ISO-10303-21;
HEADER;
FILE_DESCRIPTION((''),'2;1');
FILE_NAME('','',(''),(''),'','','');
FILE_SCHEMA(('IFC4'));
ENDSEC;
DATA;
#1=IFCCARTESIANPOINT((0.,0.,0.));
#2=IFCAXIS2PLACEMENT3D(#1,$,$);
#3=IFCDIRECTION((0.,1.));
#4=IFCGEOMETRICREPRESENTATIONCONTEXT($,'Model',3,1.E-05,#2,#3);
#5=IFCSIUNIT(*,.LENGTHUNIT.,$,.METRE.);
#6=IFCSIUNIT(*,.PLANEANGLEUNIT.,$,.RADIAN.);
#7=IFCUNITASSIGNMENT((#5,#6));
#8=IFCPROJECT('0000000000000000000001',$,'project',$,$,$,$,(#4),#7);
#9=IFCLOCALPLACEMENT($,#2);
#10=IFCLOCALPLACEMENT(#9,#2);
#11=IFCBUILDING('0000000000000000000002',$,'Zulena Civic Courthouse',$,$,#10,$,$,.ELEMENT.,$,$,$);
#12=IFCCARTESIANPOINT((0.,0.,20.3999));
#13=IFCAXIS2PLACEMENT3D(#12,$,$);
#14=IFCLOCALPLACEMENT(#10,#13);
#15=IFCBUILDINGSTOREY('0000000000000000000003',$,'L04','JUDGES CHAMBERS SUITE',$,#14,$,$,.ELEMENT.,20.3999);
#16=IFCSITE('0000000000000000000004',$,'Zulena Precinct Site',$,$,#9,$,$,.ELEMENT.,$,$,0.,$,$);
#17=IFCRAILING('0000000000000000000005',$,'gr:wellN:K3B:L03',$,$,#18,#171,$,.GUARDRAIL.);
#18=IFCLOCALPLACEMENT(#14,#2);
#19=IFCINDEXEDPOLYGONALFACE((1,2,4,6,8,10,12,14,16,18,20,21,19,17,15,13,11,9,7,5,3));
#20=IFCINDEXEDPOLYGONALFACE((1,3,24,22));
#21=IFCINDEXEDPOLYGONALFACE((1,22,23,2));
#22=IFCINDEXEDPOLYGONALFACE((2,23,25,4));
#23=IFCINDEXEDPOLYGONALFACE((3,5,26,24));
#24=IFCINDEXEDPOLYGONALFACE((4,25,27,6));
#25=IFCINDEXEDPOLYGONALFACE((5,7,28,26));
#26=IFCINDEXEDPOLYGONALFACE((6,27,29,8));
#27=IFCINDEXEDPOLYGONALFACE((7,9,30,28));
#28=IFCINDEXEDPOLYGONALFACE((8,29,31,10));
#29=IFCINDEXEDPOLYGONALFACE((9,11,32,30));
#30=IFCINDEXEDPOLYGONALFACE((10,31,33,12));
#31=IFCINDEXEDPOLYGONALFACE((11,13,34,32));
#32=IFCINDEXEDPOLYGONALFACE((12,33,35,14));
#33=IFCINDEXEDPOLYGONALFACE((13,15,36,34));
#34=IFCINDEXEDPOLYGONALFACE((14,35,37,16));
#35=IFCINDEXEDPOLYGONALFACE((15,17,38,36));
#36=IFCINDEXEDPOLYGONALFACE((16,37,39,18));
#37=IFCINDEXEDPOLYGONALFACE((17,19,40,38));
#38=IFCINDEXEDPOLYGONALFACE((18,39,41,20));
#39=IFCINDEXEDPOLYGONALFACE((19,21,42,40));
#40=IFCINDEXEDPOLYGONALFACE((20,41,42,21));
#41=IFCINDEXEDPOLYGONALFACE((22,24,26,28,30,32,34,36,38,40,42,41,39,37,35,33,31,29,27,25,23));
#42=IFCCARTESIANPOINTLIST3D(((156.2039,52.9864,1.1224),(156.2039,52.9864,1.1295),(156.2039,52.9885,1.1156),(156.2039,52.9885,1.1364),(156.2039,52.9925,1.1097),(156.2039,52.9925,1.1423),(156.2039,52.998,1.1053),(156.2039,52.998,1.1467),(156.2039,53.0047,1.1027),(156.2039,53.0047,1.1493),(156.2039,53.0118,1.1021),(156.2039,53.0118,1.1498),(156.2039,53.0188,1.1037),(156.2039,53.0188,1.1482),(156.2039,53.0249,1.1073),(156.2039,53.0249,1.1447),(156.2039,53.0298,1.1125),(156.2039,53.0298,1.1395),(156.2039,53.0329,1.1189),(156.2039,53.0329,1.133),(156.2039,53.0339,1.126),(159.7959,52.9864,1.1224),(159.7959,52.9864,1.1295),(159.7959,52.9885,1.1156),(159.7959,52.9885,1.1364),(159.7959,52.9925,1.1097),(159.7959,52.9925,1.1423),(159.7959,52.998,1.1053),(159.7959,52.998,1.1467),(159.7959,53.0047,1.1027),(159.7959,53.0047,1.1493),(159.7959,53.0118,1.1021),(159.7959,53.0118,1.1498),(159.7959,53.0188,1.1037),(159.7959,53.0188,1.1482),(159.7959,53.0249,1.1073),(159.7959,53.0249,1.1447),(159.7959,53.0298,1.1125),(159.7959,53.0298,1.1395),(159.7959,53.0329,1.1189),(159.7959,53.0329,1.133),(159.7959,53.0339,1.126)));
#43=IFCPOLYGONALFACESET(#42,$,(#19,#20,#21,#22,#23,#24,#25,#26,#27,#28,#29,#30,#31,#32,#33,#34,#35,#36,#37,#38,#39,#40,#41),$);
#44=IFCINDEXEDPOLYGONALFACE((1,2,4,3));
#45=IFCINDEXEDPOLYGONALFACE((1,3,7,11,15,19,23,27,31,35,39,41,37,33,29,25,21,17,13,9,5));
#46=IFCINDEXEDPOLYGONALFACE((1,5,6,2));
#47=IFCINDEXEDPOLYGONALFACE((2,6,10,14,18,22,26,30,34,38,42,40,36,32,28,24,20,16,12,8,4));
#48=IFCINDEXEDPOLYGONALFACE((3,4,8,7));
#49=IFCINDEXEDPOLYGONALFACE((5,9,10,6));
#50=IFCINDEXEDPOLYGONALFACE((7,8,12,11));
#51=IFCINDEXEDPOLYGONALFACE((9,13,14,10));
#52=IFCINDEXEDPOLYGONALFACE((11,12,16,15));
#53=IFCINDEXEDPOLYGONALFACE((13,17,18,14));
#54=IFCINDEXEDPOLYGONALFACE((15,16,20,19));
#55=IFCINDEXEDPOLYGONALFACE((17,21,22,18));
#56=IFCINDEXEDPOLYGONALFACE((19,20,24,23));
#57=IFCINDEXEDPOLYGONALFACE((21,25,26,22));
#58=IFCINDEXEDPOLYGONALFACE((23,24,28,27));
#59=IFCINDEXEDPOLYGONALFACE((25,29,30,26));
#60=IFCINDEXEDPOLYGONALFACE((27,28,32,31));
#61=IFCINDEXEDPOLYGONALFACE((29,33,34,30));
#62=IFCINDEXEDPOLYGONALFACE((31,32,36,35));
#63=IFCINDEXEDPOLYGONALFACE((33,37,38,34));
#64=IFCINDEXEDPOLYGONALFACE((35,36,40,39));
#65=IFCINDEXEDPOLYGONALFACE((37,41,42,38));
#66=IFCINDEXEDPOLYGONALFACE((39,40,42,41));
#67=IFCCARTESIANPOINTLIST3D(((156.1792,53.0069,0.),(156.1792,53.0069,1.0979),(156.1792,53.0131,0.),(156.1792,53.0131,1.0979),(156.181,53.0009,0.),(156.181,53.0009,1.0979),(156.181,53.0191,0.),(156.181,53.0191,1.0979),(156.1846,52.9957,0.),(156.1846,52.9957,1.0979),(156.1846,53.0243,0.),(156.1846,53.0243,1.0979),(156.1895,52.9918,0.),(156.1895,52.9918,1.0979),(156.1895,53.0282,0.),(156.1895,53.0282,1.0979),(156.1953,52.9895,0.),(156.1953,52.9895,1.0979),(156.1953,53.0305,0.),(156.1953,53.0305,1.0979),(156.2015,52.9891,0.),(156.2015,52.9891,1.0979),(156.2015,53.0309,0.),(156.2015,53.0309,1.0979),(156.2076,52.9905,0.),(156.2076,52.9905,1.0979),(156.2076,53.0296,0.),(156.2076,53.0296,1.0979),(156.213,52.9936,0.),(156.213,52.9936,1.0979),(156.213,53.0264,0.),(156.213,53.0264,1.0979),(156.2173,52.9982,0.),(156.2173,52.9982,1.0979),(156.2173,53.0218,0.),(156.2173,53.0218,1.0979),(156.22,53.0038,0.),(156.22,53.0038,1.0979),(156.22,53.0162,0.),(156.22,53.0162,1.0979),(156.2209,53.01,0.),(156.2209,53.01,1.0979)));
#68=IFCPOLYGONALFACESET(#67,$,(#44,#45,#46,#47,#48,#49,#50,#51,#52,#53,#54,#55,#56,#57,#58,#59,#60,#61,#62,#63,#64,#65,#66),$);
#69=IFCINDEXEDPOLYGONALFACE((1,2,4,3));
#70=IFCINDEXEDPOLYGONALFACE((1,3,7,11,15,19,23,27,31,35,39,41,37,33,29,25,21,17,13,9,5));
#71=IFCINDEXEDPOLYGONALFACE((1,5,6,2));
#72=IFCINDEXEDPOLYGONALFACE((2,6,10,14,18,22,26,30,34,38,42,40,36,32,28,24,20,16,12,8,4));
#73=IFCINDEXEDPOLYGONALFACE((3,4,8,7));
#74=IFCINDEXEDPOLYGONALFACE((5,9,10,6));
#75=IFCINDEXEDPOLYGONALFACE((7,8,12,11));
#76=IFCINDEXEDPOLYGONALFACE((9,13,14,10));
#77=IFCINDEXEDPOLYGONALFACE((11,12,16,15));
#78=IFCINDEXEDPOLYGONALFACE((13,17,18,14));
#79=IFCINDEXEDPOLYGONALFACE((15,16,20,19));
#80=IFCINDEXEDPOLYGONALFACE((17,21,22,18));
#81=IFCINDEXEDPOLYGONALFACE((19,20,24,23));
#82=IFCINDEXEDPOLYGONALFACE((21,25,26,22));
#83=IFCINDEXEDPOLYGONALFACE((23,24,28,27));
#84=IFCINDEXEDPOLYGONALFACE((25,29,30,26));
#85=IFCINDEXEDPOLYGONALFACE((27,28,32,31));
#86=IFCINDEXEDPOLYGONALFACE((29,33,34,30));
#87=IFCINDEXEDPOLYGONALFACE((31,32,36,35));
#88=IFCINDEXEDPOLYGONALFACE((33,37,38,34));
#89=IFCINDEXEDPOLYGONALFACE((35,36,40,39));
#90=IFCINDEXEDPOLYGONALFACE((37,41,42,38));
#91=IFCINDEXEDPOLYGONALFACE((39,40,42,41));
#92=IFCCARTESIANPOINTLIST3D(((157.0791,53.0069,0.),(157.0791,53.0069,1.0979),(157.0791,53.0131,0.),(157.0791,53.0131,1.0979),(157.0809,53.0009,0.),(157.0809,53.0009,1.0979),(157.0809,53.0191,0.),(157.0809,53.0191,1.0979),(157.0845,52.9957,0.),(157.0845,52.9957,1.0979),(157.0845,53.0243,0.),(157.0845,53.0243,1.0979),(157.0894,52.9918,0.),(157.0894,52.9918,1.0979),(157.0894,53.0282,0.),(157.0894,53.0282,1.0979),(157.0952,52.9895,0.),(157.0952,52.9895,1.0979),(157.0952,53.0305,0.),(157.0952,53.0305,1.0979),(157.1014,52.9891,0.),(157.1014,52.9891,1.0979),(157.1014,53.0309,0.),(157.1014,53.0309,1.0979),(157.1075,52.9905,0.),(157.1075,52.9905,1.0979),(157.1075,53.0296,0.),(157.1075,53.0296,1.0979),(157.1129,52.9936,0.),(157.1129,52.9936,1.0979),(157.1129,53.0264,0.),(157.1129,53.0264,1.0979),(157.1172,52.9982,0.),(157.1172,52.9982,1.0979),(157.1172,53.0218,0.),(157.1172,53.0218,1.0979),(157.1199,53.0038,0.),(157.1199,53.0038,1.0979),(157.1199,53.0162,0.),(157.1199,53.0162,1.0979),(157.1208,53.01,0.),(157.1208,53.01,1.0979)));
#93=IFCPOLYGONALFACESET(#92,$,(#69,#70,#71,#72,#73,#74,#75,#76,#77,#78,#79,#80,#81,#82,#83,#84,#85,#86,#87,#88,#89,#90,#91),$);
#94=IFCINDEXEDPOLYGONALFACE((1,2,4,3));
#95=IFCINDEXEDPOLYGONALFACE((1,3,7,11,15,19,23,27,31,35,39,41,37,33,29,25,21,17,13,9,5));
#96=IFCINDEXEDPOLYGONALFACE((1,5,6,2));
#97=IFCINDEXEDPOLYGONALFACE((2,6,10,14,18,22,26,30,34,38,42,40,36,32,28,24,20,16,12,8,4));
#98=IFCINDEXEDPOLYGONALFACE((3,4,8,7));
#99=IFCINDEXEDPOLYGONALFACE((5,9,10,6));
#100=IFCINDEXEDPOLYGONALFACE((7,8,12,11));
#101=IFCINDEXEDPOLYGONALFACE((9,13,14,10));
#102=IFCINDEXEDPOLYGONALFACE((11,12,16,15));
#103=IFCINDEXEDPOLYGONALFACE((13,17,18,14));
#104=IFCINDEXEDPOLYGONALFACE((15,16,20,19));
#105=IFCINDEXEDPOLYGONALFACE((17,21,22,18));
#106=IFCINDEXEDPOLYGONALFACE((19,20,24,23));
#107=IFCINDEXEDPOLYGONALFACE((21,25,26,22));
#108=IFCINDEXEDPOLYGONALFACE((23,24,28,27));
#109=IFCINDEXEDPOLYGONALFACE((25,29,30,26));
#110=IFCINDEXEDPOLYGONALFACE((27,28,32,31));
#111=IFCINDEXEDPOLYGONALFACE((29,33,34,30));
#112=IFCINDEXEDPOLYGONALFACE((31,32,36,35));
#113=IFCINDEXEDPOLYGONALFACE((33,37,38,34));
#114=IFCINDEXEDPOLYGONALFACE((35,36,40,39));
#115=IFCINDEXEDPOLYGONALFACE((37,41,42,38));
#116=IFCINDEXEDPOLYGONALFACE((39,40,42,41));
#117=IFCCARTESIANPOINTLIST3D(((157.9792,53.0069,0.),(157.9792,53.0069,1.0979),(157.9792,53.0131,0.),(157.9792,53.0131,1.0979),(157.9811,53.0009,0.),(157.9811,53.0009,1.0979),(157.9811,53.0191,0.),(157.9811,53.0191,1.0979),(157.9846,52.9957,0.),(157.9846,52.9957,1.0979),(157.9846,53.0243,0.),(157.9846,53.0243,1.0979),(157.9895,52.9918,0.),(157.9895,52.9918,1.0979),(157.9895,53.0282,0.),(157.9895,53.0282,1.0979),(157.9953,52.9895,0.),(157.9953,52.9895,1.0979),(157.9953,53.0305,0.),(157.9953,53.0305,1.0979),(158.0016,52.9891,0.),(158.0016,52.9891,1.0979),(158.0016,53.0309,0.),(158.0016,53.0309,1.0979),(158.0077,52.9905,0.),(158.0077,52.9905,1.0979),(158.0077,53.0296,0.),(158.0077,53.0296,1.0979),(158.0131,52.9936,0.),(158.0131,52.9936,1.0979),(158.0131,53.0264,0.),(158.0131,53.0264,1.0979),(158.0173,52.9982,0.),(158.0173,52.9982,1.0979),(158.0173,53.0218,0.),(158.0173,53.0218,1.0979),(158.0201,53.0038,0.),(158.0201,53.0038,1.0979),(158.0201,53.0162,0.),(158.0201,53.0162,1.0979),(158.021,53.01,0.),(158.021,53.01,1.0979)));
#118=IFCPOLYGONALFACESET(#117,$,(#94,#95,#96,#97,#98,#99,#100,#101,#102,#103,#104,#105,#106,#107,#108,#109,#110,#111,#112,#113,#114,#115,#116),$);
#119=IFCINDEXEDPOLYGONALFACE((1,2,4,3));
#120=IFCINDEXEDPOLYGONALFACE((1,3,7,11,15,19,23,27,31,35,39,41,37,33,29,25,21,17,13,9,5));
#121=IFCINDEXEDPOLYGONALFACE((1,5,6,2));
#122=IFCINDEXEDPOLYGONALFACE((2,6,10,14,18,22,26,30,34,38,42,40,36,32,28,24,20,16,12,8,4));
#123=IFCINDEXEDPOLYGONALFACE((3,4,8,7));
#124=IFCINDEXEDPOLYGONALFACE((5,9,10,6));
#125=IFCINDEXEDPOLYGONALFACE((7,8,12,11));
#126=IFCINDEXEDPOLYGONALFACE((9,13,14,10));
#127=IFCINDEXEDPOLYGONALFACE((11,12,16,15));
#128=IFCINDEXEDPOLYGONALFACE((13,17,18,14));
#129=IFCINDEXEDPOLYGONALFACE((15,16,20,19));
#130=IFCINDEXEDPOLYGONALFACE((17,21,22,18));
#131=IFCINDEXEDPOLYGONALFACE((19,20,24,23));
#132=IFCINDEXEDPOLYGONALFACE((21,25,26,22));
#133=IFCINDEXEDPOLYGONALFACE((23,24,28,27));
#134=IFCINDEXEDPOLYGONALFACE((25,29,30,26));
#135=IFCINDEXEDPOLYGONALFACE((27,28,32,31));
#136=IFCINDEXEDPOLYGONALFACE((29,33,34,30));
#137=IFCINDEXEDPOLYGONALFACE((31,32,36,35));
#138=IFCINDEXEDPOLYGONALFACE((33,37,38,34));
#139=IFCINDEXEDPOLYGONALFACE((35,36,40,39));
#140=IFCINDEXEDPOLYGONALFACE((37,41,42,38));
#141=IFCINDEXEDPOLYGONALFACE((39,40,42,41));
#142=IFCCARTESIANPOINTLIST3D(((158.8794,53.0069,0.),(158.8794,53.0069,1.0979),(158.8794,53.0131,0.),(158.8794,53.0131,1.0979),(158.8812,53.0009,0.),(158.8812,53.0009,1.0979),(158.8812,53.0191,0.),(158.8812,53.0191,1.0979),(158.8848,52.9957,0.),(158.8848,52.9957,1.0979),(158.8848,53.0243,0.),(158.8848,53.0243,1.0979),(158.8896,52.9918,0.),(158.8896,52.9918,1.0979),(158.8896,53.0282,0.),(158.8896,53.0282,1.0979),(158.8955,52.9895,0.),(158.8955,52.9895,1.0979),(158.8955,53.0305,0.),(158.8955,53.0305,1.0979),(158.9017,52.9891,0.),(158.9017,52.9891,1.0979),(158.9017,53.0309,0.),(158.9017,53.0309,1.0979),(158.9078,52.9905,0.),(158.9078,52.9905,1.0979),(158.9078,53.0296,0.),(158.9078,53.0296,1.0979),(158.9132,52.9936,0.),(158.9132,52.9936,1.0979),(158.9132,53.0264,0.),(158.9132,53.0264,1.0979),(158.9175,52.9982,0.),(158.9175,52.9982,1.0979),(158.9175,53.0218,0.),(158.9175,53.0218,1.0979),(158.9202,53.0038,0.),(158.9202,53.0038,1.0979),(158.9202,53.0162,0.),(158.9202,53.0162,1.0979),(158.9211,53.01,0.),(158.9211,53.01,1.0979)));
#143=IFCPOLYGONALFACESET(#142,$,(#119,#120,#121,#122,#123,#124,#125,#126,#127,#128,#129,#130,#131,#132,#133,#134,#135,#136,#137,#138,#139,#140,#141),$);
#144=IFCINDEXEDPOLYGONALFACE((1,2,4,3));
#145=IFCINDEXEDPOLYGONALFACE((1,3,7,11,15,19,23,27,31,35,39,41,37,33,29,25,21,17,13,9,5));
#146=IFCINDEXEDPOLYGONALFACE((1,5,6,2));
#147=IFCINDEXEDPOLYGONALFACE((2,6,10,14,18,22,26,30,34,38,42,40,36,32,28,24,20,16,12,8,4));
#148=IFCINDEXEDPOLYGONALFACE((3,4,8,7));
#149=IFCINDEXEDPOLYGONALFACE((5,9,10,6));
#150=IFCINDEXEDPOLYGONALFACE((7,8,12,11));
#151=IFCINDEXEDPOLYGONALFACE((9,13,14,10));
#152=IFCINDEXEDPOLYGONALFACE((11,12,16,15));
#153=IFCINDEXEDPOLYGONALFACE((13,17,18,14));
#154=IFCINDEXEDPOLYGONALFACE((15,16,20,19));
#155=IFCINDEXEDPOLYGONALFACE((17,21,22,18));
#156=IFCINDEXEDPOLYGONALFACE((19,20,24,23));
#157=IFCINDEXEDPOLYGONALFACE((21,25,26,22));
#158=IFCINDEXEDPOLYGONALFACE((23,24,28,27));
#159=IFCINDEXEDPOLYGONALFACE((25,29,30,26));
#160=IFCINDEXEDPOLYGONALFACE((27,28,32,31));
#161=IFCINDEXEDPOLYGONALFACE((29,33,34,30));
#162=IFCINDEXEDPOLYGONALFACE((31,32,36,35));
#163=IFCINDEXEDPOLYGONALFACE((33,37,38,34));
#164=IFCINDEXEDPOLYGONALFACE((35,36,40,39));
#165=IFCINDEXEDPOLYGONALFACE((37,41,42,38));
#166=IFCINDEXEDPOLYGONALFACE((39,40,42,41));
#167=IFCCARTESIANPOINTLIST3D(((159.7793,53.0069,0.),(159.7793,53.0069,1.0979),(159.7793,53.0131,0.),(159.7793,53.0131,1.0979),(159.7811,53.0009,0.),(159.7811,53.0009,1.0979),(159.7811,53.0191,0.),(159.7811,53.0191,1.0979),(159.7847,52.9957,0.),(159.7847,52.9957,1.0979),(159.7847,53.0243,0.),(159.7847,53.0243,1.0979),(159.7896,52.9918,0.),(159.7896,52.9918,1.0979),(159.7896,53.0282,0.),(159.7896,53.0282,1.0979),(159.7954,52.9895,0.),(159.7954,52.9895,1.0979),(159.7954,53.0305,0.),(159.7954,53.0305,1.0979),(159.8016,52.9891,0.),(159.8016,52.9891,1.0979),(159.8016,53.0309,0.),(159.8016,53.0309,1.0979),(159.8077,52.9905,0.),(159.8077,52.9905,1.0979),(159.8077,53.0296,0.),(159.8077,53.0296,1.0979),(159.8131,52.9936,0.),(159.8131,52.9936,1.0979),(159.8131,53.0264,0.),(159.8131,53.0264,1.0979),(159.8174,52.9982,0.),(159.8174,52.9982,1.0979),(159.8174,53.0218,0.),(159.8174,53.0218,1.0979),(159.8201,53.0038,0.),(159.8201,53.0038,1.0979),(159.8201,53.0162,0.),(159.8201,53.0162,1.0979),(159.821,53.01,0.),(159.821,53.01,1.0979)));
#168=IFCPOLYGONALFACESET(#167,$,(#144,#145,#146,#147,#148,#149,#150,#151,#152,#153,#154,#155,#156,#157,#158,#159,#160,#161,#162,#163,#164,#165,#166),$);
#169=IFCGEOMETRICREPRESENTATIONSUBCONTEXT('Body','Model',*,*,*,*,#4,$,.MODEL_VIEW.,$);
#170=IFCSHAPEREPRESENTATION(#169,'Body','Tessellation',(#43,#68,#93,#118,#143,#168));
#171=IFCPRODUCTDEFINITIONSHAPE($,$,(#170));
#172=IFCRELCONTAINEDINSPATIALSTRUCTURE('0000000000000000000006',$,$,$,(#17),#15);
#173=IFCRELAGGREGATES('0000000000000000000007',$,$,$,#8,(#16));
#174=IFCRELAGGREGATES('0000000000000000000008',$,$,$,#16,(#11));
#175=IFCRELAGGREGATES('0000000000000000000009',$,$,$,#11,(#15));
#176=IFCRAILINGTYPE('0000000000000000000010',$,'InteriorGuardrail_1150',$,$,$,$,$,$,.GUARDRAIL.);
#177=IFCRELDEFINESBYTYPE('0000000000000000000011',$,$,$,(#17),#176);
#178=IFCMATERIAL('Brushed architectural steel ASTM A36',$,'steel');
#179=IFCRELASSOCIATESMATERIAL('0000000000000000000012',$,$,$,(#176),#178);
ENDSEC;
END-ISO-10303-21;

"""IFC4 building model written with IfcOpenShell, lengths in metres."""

from ifc_helpers import new_model, si_unit, direction, frame, origin, origin_2d, place, context, subcontext, project, spatial, circle, extrude, material, type_object, element, save


model = new_model("IFC4")

# Units and contexts
model_context = context("Model", 3, precision=1e-05, world=origin(), true_north=direction((0.0, 1.0)))
body_context = subcontext(model_context, "Body", "Model", "MODEL_VIEW")
ifc_project = project(units=[si_unit("LENGTHUNIT", "METRE"), si_unit("PLANEANGLEUNIT", "RADIAN")], contexts=[model_context])

# Site, building, storey
site_placement = place(None, origin())
site = spatial("IfcSite", under=ifc_project, at=site_placement, Name="Zulena Precinct Site", CompositionType="ELEMENT", RefElevation=0.0)
building_placement = place(site_placement, origin())
building = spatial("IfcBuilding", under=site, at=building_placement, Name="Zulena Civic Courthouse", CompositionType="ELEMENT")
storey_placement = place(building_placement, frame((0.0, 0.0, 20.3999)))
storey = spatial("IfcBuildingStorey", under=building, at=storey_placement, Name="L04", Description="JUDGES CHAMBERS SUITE", CompositionType="ELEMENT", Elevation=20.3999)

# Railing
ifc_material_1 = material(Name="Brushed architectural steel ASTM A36", Category="steel")
railing_type = type_object("IfcRailingType", Name="InteriorGuardrail_1150", PredefinedType="GUARDRAIL", material=ifc_material_1)
railing_1_placement = place(storey_placement, frame((156.2, 53.01, 0.0)))
element("IfcRailing", 1, at=railing_1_placement, inside=storey, type_object=railing_type, Name="gr:wellN:K3B:L03", PredefinedType="GUARDRAIL", context=body_context, shape_type="SweptSolid", body=[
    extrude(circle(Radius=0.0239, at=origin_2d()), frame((0.0039, 0.0, 1.126), z_axis=(1.0, 0.0, 0.0), x_axis=(0.0, 1.0, 0.0)), (0.0, 0.0, 1.0), 3.592),
    extrude(circle(Radius=0.021, at=origin_2d()), origin(), (0.0, 0.0, 1.0), 1.0979),
    extrude(circle(Radius=0.021, at=origin_2d()), frame((0.8999, 0.0, 0.0)), (0.0, 0.0, 1.0), 1.0979),
    extrude(circle(Radius=0.021, at=origin_2d()), frame((1.8, 0.0, 0.0)), (0.0, 0.0, 1.0), 1.0979),
    extrude(circle(Radius=0.021, at=origin_2d()), frame((2.7002, 0.0, 0.0)), (0.0, 0.0, 1.0), 1.0979),
    extrude(circle(Radius=0.021, at=origin_2d()), frame((3.6001, 0.0, 0.0)), (0.0, 0.0, 1.0), 1.0979),
])

save(model, "model.ifc")
